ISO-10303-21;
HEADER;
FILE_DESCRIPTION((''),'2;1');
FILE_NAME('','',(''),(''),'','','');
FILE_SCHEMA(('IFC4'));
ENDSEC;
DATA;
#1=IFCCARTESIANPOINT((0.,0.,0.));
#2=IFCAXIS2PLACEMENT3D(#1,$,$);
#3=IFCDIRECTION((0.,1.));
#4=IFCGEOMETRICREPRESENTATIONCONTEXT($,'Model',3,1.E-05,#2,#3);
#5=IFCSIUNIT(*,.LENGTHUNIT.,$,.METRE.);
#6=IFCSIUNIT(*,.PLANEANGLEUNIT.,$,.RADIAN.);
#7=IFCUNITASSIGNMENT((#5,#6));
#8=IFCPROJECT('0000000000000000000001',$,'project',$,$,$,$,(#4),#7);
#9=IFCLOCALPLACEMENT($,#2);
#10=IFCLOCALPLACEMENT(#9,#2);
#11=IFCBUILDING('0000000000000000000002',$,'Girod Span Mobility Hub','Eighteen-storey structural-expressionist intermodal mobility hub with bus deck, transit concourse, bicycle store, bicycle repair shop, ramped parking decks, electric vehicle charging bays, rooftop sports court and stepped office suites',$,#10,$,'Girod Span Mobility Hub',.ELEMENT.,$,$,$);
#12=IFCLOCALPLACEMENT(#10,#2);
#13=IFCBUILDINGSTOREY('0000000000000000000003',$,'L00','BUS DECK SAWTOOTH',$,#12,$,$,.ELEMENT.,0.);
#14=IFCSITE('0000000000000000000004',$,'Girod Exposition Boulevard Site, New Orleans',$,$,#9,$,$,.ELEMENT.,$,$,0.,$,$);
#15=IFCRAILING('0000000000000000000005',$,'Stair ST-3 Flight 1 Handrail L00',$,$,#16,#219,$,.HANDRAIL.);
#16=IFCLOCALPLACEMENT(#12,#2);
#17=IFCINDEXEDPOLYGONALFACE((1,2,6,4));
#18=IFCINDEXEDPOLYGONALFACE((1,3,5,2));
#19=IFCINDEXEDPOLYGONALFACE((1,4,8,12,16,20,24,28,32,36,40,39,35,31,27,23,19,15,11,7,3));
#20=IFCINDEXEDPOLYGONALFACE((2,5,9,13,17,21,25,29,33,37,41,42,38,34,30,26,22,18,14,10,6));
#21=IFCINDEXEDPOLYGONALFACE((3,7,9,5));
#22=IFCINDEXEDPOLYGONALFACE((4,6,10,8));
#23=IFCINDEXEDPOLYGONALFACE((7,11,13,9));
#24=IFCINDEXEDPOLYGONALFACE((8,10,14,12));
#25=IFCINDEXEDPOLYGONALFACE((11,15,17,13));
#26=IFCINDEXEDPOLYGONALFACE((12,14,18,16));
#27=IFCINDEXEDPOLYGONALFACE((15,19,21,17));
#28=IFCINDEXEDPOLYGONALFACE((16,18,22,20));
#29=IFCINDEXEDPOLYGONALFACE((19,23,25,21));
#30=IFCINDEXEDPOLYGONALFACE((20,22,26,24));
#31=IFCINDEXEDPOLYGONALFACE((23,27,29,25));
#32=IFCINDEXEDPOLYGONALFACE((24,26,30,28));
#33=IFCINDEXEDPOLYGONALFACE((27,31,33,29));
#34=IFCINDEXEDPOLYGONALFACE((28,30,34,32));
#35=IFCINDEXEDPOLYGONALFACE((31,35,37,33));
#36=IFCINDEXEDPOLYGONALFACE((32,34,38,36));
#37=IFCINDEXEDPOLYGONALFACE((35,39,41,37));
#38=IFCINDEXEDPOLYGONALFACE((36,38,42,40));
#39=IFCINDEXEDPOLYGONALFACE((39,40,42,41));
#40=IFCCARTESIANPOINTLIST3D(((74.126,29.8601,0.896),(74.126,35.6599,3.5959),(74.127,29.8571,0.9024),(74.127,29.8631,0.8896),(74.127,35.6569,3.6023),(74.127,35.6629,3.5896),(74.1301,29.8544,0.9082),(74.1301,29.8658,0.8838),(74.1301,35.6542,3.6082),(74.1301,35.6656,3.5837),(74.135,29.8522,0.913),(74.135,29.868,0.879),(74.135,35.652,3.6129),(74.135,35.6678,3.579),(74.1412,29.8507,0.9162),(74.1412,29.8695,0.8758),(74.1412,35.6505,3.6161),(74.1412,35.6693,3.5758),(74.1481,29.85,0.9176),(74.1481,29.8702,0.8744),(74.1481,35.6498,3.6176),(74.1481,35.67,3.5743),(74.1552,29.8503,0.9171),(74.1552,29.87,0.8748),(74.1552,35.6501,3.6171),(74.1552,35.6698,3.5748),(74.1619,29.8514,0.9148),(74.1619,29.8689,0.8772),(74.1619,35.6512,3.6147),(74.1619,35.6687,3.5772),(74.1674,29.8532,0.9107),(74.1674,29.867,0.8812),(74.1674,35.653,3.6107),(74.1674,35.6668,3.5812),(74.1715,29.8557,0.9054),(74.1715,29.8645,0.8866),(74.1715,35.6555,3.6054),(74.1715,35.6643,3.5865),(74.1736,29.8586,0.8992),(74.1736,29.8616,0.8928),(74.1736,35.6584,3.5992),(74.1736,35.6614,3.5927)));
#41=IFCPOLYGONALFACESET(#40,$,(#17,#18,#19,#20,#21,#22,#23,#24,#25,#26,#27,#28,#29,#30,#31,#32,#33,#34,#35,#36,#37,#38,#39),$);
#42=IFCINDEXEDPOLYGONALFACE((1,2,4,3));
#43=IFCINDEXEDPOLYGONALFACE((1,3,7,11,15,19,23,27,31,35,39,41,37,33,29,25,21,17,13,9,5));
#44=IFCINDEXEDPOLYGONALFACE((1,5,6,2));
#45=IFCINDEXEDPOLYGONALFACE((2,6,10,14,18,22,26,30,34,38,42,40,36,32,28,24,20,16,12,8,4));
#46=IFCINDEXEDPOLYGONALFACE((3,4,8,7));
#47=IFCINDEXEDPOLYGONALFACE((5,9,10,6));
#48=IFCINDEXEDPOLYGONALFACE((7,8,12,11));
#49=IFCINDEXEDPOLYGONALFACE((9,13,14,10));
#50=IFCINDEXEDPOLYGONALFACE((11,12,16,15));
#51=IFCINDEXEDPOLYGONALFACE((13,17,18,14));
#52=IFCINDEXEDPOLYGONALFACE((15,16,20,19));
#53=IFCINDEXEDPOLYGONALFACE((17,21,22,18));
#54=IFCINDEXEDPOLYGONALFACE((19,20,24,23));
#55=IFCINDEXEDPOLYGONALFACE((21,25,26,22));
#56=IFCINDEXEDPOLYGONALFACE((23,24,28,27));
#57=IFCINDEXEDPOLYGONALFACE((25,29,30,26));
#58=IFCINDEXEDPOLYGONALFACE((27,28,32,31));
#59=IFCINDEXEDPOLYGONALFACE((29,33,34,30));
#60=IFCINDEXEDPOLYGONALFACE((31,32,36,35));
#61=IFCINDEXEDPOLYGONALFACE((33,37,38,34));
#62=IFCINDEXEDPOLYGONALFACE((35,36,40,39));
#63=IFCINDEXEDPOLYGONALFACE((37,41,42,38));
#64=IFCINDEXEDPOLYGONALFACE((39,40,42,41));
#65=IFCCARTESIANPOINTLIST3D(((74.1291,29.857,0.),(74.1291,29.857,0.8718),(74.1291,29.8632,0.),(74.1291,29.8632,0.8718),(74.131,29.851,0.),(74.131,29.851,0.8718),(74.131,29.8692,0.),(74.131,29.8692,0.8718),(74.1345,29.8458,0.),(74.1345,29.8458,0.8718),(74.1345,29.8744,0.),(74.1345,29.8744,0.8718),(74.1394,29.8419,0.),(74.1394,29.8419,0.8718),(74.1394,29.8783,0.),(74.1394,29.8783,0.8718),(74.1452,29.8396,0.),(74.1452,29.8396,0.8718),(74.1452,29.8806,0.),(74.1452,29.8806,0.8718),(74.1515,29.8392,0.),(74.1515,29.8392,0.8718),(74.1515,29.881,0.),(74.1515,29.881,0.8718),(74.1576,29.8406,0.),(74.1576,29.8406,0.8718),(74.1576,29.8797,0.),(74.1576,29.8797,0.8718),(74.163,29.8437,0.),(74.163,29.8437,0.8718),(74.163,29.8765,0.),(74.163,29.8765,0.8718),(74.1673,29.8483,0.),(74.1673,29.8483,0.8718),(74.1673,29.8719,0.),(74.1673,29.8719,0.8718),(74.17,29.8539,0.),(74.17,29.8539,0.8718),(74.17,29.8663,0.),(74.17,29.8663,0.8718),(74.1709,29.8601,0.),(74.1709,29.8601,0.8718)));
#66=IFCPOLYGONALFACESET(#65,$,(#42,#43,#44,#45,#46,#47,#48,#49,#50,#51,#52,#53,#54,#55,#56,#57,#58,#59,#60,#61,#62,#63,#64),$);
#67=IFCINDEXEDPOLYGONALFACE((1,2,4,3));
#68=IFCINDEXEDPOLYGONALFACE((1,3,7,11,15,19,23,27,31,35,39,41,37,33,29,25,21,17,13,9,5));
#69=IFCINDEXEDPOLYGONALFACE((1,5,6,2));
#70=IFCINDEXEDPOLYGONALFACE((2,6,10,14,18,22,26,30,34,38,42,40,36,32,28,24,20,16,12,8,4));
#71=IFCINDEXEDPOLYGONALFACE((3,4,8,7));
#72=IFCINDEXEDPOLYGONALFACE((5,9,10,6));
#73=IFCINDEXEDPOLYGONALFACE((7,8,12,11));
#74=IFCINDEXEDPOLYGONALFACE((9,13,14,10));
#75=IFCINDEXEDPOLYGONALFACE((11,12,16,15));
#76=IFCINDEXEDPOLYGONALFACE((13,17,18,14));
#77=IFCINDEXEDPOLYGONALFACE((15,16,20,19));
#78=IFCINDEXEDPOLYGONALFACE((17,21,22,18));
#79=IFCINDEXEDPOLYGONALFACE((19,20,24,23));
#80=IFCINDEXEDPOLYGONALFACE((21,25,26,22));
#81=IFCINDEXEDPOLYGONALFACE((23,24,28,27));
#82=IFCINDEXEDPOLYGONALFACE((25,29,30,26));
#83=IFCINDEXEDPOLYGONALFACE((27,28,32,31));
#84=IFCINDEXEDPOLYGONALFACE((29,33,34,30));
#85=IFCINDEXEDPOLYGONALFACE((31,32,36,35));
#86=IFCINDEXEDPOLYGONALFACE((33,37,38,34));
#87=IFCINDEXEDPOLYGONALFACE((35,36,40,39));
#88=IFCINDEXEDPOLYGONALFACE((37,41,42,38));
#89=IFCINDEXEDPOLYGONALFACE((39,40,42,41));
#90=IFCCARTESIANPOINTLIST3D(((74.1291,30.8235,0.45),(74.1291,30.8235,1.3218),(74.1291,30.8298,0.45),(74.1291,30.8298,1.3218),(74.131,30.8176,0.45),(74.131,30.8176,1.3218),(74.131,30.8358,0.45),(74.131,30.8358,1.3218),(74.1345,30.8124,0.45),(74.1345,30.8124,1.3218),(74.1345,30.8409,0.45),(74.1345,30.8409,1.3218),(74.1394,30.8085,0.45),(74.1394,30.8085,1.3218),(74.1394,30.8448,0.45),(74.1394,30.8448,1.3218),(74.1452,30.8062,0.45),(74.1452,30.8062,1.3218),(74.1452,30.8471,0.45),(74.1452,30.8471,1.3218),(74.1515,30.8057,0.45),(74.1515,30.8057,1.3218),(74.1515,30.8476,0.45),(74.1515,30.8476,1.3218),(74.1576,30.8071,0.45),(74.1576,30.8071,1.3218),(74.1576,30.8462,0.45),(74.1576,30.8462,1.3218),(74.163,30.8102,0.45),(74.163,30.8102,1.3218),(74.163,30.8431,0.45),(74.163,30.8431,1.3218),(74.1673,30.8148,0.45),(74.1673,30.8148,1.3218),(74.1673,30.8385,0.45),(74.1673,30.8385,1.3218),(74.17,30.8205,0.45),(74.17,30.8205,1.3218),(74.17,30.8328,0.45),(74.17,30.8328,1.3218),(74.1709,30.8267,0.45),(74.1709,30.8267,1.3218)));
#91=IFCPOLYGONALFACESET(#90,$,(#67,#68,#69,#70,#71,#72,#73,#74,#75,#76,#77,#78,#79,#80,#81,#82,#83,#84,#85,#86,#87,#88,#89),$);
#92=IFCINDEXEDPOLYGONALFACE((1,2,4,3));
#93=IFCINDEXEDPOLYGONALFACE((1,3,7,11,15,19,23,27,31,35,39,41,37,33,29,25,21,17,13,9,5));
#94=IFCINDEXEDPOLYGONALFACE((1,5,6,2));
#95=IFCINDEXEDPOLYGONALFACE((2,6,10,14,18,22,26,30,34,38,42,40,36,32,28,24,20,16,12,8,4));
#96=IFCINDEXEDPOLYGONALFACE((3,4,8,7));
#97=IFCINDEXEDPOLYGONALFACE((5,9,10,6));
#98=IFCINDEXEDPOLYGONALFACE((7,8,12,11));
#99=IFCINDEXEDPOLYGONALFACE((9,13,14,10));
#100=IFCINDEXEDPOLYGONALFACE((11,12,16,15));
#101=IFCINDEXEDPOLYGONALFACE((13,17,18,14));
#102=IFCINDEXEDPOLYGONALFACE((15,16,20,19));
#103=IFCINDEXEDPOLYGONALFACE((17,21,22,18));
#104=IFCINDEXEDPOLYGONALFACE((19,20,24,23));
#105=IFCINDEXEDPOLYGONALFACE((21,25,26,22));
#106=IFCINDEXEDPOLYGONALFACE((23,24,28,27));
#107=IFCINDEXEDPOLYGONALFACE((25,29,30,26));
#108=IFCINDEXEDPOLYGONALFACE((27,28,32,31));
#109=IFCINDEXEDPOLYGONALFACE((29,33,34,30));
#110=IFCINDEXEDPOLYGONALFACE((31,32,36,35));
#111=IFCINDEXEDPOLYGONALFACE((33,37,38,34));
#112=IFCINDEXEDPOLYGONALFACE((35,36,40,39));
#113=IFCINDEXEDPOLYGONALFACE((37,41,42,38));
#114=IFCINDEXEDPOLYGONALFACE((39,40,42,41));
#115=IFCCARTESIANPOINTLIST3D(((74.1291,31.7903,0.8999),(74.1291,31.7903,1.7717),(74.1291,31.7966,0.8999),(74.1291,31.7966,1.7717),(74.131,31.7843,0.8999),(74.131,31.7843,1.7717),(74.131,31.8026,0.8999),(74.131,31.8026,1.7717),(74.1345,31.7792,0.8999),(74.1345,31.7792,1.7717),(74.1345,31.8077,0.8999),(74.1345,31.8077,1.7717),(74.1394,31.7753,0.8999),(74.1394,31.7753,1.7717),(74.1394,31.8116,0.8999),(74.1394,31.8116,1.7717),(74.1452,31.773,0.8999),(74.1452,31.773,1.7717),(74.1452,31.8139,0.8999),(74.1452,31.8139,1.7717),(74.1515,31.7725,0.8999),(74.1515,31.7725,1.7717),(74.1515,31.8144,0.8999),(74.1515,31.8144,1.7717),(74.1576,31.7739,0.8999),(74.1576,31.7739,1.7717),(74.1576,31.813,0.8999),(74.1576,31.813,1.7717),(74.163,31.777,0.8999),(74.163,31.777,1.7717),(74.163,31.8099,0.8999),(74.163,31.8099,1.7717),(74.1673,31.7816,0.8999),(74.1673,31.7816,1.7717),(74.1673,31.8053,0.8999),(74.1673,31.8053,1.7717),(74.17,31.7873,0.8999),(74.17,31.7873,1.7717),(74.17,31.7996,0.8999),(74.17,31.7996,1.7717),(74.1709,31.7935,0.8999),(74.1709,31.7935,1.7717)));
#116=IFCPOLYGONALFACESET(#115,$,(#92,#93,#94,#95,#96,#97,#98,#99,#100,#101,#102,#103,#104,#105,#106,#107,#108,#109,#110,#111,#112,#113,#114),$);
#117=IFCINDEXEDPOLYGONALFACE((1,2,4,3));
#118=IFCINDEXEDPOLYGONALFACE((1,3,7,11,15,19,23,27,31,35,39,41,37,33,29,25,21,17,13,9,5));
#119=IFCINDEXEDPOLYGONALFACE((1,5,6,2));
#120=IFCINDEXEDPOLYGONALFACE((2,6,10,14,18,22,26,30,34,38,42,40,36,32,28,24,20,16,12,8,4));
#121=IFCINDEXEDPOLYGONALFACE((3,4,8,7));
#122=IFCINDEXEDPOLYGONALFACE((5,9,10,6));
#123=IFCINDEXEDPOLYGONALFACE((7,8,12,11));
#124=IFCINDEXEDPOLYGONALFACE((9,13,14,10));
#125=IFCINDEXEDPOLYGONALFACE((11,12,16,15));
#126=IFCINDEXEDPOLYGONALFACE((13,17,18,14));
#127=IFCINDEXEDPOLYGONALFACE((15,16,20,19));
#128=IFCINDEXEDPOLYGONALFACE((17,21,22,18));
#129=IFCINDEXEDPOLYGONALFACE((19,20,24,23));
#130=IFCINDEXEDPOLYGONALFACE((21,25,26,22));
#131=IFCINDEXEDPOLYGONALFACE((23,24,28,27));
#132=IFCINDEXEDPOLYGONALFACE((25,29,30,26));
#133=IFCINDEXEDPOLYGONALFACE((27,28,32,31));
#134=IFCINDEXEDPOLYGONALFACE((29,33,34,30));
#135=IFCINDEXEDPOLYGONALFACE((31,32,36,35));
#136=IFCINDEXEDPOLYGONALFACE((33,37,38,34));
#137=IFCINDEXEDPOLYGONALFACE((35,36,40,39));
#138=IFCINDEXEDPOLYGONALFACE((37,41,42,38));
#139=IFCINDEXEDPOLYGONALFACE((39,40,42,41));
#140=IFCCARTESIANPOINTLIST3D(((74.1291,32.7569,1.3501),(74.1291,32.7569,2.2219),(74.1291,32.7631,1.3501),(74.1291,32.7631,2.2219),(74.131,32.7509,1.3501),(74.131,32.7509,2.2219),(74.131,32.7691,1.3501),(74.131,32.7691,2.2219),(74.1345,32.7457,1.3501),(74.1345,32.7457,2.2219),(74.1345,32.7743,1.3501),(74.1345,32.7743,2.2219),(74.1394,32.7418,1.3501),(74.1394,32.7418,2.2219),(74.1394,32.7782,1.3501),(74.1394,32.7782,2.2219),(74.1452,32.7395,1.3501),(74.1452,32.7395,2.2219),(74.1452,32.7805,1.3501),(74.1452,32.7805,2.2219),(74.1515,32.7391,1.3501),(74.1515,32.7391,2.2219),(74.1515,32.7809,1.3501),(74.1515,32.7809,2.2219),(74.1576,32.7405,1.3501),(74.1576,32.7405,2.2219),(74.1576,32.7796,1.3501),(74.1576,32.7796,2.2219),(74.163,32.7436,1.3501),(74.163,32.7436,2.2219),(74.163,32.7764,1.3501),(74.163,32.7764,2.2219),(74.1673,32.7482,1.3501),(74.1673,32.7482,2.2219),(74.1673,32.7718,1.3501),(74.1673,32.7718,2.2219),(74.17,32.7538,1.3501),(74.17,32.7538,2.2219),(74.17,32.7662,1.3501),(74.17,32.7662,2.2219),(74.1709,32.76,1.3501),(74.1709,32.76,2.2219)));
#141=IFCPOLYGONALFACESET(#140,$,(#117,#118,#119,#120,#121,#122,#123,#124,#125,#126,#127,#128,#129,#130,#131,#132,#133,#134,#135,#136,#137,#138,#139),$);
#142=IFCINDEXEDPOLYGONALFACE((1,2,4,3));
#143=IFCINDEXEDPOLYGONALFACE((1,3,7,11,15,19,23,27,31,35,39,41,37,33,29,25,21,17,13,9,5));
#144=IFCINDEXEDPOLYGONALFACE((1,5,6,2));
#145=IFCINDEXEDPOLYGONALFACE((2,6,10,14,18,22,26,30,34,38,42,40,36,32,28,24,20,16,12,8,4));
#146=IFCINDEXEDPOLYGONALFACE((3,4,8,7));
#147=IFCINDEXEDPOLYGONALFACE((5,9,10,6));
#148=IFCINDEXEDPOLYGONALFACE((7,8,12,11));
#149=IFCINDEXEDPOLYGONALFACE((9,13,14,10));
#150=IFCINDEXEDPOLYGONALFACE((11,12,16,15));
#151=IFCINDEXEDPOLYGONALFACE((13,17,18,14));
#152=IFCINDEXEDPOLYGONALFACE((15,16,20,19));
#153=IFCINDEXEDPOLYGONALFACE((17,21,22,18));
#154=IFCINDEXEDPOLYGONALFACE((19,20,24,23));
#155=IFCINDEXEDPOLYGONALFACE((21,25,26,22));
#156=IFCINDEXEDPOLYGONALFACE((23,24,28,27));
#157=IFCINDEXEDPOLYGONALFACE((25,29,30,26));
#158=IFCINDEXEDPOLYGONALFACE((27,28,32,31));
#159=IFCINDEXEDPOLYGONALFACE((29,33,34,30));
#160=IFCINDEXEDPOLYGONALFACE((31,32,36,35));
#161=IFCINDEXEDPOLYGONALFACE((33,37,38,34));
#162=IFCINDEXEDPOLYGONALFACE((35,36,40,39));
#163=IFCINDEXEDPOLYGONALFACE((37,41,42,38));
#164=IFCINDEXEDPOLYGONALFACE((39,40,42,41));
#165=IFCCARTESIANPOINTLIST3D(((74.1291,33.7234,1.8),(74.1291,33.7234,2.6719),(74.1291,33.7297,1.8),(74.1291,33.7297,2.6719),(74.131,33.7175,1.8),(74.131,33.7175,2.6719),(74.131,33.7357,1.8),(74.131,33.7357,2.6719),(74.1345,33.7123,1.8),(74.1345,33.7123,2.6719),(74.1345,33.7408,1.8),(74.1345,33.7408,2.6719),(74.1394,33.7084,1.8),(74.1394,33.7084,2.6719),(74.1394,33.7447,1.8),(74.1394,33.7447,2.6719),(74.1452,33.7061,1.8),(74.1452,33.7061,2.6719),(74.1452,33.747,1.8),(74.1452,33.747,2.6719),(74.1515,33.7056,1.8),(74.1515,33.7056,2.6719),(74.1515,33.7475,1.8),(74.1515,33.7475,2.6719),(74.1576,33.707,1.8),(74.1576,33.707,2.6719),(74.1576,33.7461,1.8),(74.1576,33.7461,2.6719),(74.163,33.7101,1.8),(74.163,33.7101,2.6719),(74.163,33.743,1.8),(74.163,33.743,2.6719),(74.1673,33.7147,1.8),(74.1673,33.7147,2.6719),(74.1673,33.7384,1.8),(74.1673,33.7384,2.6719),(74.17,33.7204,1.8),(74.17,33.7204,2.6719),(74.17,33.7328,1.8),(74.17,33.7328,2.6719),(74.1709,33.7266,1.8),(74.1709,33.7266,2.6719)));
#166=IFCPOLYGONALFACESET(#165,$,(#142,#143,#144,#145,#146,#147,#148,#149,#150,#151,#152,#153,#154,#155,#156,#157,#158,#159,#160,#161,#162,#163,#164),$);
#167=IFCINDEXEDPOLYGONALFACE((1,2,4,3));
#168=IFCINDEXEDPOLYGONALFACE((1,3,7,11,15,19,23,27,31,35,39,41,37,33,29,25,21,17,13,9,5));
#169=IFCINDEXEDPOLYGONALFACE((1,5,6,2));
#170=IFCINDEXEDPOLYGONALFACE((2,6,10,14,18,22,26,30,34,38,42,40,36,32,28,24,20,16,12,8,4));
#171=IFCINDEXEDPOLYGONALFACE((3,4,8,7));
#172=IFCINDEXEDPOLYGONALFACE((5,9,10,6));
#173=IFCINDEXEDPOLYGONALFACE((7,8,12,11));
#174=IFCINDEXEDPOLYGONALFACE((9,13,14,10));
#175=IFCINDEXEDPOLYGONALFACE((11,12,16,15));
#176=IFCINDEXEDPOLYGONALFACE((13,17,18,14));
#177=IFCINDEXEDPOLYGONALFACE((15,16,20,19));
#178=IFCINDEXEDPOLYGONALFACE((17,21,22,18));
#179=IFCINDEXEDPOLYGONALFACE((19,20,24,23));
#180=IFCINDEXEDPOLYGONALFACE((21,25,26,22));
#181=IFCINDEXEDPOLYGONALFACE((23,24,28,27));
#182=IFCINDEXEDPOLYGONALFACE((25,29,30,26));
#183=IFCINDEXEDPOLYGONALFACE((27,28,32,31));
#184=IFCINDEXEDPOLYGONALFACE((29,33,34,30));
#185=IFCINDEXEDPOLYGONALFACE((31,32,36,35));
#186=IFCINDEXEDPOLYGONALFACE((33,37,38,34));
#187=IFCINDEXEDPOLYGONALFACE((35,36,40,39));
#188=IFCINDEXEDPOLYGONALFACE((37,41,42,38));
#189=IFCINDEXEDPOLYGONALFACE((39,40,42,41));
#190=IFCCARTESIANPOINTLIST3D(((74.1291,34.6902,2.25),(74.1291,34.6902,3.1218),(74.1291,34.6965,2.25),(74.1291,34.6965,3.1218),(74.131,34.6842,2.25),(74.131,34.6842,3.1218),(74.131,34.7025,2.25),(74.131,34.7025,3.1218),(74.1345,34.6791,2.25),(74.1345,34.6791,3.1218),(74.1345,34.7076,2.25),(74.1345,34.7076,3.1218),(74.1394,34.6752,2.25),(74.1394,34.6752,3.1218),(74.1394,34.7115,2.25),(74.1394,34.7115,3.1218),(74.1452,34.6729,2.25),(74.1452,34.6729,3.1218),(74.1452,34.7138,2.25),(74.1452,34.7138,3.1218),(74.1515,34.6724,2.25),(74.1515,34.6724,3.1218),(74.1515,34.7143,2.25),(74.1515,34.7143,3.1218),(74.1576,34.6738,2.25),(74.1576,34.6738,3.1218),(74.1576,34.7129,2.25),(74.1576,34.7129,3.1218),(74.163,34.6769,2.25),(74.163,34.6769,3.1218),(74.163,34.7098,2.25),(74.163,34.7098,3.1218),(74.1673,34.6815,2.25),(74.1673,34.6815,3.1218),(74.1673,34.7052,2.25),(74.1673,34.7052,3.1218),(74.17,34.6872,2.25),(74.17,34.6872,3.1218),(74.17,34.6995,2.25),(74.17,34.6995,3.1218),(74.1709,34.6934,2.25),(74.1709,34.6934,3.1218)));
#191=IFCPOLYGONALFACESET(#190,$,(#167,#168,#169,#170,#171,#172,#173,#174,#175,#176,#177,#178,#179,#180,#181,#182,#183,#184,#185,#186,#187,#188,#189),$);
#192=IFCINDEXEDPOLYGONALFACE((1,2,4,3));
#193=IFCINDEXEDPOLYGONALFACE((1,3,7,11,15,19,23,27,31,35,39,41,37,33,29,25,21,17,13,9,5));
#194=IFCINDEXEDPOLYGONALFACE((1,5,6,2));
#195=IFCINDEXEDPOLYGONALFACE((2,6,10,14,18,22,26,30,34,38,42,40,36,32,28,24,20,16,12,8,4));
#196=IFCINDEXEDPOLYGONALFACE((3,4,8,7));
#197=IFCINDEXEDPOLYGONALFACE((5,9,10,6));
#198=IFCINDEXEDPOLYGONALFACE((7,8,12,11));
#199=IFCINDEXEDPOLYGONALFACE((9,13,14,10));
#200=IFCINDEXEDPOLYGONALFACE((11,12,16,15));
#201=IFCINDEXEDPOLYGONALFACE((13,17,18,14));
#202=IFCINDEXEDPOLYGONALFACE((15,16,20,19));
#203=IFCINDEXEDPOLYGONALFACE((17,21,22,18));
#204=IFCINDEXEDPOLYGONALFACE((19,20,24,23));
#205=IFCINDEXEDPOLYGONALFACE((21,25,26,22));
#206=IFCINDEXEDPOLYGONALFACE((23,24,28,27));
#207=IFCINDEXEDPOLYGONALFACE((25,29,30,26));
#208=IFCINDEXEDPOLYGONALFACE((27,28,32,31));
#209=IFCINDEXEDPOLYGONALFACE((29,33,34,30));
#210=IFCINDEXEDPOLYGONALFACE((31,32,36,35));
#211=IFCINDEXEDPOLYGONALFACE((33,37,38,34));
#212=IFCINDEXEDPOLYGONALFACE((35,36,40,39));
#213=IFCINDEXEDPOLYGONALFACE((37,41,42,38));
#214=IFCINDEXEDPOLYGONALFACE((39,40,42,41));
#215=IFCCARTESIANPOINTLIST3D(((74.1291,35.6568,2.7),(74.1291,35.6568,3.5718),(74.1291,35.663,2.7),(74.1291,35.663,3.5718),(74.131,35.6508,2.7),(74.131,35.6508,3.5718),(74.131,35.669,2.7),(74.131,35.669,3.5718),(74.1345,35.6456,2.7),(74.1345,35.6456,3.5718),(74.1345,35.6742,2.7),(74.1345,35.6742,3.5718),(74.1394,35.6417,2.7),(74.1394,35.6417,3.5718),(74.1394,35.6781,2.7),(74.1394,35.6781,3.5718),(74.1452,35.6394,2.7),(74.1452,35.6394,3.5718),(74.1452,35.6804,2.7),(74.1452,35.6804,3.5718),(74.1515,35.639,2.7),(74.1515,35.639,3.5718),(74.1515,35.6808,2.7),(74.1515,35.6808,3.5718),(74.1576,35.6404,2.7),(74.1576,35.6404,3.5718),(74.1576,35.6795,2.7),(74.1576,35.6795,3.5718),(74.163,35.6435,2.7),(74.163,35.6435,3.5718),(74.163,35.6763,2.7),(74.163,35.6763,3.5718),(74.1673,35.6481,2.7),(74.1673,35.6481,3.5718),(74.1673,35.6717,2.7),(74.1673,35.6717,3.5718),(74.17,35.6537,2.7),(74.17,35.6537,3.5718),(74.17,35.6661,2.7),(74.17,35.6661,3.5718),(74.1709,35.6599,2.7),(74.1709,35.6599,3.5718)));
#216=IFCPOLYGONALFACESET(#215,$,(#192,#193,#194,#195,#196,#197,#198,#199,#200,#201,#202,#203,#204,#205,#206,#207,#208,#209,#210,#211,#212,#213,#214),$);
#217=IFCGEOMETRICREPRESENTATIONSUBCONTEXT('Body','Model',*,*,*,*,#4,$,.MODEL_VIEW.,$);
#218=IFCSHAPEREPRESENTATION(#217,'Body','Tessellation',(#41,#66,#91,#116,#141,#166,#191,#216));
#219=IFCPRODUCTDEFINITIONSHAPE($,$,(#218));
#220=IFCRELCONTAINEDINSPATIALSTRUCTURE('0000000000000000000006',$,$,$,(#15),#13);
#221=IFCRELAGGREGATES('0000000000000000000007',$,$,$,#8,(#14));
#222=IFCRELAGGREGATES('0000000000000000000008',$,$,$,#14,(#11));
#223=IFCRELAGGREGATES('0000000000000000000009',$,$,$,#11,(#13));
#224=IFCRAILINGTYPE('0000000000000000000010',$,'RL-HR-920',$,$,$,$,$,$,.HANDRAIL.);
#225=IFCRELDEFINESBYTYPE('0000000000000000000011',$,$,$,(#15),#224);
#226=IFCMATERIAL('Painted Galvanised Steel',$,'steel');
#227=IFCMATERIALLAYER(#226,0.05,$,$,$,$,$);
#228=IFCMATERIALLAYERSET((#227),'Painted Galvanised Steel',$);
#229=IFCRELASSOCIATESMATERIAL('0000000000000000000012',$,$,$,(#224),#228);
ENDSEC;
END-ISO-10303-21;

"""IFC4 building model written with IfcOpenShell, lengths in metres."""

from ifc_helpers import new_model, si_unit, direction, frame, origin, origin_2d, place, context, subcontext, project, spatial, circle, extrude, material, layer, layer_set, type_object, element, save


model = new_model("IFC4")

# Units and contexts
model_context = context("Model", 3, precision=1e-05, world=origin(), true_north=direction((0.0, 1.0)))
body_context = subcontext(model_context, "Body", "Model", "MODEL_VIEW")
ifc_project = project(units=[si_unit("LENGTHUNIT", "METRE"), si_unit("PLANEANGLEUNIT", "RADIAN")], contexts=[model_context])

# Site, building, storey
site_placement = place(None, origin())
site = spatial("IfcSite", under=ifc_project, at=site_placement, Name="Girod Exposition Boulevard Site, New Orleans", CompositionType="ELEMENT", RefElevation=0.0)
building_placement = place(site_placement, origin())
building = spatial("IfcBuilding", under=site, at=building_placement, Name="Girod Span Mobility Hub", Description="Eighteen-storey structural-expressionist intermodal mobility hub with bus deck, transit concourse, bicycle store, bicycle repair shop, ramped parking decks, electric vehicle charging bays, rooftop sports court and stepped office suites", LongName="Girod Span Mobility Hub", CompositionType="ELEMENT")
storey_placement = place(building_placement, origin())
storey = spatial("IfcBuildingStorey", under=building, at=storey_placement, Name="L00", Description="BUS DECK SAWTOOTH", CompositionType="ELEMENT", Elevation=0.0)

# Railing
ifc_material_1 = material(Name="Painted Galvanised Steel", Category="steel")
ifc_layer_1 = layer(ifc_material_1, 0.05)
ifc_layer_set_1 = layer_set([ifc_layer_1], Name="Painted Galvanised Steel")
railing_type = type_object("IfcRailingType", Name="RL-HR-920", PredefinedType="HANDRAIL", material=ifc_layer_set_1)
railing_placement = place(storey_placement, frame((74.1499, 29.8601, 0.0)))
element("IfcRailing", 1, at=railing_placement, inside=storey, type_object=railing_type, Name="Stair ST-3 Flight 1 Handrail L00", PredefinedType="HANDRAIL", context=body_context, shape_type="SweptSolid", body=[
    extrude(circle(Radius=0.0239, at=origin_2d()), frame((0.0, 0.0, 0.896), z_axis=(0.0, 0.90658, 0.422035), x_axis=(-1.0, 0.0, 0.0)), (0.0, 0.0, 1.0), 6.3975),
    extrude(circle(Radius=0.021, at=origin_2d()), origin(), (0.0, 0.0, 1.0), 0.8718),
    extrude(circle(Radius=0.021, at=origin_2d()), frame((0.0, 0.9666, 0.45)), (0.0, 0.0, 1.0), 0.8718),
    extrude(circle(Radius=0.021, at=origin_2d()), frame((0.0, 1.9333, 0.8999)), (0.0, 0.0, 1.0), 0.8718),
    extrude(circle(Radius=0.021, at=origin_2d()), frame((0.0, 2.8999, 1.3501)), (0.0, 0.0, 1.0), 0.8718),
    extrude(circle(Radius=0.021, at=origin_2d()), frame((0.0, 3.8665, 1.8)), (0.0, 0.0, 1.0), 0.8718),
    extrude(circle(Radius=0.021, at=origin_2d()), frame((0.0, 4.8333, 2.25)), (0.0, 0.0, 1.0), 0.8718),
    extrude(circle(Radius=0.021, at=origin_2d()), frame((0.0, 5.7998, 2.7)), (0.0, 0.0, 1.0), 0.8718),
])

save(model, "model.ifc")
